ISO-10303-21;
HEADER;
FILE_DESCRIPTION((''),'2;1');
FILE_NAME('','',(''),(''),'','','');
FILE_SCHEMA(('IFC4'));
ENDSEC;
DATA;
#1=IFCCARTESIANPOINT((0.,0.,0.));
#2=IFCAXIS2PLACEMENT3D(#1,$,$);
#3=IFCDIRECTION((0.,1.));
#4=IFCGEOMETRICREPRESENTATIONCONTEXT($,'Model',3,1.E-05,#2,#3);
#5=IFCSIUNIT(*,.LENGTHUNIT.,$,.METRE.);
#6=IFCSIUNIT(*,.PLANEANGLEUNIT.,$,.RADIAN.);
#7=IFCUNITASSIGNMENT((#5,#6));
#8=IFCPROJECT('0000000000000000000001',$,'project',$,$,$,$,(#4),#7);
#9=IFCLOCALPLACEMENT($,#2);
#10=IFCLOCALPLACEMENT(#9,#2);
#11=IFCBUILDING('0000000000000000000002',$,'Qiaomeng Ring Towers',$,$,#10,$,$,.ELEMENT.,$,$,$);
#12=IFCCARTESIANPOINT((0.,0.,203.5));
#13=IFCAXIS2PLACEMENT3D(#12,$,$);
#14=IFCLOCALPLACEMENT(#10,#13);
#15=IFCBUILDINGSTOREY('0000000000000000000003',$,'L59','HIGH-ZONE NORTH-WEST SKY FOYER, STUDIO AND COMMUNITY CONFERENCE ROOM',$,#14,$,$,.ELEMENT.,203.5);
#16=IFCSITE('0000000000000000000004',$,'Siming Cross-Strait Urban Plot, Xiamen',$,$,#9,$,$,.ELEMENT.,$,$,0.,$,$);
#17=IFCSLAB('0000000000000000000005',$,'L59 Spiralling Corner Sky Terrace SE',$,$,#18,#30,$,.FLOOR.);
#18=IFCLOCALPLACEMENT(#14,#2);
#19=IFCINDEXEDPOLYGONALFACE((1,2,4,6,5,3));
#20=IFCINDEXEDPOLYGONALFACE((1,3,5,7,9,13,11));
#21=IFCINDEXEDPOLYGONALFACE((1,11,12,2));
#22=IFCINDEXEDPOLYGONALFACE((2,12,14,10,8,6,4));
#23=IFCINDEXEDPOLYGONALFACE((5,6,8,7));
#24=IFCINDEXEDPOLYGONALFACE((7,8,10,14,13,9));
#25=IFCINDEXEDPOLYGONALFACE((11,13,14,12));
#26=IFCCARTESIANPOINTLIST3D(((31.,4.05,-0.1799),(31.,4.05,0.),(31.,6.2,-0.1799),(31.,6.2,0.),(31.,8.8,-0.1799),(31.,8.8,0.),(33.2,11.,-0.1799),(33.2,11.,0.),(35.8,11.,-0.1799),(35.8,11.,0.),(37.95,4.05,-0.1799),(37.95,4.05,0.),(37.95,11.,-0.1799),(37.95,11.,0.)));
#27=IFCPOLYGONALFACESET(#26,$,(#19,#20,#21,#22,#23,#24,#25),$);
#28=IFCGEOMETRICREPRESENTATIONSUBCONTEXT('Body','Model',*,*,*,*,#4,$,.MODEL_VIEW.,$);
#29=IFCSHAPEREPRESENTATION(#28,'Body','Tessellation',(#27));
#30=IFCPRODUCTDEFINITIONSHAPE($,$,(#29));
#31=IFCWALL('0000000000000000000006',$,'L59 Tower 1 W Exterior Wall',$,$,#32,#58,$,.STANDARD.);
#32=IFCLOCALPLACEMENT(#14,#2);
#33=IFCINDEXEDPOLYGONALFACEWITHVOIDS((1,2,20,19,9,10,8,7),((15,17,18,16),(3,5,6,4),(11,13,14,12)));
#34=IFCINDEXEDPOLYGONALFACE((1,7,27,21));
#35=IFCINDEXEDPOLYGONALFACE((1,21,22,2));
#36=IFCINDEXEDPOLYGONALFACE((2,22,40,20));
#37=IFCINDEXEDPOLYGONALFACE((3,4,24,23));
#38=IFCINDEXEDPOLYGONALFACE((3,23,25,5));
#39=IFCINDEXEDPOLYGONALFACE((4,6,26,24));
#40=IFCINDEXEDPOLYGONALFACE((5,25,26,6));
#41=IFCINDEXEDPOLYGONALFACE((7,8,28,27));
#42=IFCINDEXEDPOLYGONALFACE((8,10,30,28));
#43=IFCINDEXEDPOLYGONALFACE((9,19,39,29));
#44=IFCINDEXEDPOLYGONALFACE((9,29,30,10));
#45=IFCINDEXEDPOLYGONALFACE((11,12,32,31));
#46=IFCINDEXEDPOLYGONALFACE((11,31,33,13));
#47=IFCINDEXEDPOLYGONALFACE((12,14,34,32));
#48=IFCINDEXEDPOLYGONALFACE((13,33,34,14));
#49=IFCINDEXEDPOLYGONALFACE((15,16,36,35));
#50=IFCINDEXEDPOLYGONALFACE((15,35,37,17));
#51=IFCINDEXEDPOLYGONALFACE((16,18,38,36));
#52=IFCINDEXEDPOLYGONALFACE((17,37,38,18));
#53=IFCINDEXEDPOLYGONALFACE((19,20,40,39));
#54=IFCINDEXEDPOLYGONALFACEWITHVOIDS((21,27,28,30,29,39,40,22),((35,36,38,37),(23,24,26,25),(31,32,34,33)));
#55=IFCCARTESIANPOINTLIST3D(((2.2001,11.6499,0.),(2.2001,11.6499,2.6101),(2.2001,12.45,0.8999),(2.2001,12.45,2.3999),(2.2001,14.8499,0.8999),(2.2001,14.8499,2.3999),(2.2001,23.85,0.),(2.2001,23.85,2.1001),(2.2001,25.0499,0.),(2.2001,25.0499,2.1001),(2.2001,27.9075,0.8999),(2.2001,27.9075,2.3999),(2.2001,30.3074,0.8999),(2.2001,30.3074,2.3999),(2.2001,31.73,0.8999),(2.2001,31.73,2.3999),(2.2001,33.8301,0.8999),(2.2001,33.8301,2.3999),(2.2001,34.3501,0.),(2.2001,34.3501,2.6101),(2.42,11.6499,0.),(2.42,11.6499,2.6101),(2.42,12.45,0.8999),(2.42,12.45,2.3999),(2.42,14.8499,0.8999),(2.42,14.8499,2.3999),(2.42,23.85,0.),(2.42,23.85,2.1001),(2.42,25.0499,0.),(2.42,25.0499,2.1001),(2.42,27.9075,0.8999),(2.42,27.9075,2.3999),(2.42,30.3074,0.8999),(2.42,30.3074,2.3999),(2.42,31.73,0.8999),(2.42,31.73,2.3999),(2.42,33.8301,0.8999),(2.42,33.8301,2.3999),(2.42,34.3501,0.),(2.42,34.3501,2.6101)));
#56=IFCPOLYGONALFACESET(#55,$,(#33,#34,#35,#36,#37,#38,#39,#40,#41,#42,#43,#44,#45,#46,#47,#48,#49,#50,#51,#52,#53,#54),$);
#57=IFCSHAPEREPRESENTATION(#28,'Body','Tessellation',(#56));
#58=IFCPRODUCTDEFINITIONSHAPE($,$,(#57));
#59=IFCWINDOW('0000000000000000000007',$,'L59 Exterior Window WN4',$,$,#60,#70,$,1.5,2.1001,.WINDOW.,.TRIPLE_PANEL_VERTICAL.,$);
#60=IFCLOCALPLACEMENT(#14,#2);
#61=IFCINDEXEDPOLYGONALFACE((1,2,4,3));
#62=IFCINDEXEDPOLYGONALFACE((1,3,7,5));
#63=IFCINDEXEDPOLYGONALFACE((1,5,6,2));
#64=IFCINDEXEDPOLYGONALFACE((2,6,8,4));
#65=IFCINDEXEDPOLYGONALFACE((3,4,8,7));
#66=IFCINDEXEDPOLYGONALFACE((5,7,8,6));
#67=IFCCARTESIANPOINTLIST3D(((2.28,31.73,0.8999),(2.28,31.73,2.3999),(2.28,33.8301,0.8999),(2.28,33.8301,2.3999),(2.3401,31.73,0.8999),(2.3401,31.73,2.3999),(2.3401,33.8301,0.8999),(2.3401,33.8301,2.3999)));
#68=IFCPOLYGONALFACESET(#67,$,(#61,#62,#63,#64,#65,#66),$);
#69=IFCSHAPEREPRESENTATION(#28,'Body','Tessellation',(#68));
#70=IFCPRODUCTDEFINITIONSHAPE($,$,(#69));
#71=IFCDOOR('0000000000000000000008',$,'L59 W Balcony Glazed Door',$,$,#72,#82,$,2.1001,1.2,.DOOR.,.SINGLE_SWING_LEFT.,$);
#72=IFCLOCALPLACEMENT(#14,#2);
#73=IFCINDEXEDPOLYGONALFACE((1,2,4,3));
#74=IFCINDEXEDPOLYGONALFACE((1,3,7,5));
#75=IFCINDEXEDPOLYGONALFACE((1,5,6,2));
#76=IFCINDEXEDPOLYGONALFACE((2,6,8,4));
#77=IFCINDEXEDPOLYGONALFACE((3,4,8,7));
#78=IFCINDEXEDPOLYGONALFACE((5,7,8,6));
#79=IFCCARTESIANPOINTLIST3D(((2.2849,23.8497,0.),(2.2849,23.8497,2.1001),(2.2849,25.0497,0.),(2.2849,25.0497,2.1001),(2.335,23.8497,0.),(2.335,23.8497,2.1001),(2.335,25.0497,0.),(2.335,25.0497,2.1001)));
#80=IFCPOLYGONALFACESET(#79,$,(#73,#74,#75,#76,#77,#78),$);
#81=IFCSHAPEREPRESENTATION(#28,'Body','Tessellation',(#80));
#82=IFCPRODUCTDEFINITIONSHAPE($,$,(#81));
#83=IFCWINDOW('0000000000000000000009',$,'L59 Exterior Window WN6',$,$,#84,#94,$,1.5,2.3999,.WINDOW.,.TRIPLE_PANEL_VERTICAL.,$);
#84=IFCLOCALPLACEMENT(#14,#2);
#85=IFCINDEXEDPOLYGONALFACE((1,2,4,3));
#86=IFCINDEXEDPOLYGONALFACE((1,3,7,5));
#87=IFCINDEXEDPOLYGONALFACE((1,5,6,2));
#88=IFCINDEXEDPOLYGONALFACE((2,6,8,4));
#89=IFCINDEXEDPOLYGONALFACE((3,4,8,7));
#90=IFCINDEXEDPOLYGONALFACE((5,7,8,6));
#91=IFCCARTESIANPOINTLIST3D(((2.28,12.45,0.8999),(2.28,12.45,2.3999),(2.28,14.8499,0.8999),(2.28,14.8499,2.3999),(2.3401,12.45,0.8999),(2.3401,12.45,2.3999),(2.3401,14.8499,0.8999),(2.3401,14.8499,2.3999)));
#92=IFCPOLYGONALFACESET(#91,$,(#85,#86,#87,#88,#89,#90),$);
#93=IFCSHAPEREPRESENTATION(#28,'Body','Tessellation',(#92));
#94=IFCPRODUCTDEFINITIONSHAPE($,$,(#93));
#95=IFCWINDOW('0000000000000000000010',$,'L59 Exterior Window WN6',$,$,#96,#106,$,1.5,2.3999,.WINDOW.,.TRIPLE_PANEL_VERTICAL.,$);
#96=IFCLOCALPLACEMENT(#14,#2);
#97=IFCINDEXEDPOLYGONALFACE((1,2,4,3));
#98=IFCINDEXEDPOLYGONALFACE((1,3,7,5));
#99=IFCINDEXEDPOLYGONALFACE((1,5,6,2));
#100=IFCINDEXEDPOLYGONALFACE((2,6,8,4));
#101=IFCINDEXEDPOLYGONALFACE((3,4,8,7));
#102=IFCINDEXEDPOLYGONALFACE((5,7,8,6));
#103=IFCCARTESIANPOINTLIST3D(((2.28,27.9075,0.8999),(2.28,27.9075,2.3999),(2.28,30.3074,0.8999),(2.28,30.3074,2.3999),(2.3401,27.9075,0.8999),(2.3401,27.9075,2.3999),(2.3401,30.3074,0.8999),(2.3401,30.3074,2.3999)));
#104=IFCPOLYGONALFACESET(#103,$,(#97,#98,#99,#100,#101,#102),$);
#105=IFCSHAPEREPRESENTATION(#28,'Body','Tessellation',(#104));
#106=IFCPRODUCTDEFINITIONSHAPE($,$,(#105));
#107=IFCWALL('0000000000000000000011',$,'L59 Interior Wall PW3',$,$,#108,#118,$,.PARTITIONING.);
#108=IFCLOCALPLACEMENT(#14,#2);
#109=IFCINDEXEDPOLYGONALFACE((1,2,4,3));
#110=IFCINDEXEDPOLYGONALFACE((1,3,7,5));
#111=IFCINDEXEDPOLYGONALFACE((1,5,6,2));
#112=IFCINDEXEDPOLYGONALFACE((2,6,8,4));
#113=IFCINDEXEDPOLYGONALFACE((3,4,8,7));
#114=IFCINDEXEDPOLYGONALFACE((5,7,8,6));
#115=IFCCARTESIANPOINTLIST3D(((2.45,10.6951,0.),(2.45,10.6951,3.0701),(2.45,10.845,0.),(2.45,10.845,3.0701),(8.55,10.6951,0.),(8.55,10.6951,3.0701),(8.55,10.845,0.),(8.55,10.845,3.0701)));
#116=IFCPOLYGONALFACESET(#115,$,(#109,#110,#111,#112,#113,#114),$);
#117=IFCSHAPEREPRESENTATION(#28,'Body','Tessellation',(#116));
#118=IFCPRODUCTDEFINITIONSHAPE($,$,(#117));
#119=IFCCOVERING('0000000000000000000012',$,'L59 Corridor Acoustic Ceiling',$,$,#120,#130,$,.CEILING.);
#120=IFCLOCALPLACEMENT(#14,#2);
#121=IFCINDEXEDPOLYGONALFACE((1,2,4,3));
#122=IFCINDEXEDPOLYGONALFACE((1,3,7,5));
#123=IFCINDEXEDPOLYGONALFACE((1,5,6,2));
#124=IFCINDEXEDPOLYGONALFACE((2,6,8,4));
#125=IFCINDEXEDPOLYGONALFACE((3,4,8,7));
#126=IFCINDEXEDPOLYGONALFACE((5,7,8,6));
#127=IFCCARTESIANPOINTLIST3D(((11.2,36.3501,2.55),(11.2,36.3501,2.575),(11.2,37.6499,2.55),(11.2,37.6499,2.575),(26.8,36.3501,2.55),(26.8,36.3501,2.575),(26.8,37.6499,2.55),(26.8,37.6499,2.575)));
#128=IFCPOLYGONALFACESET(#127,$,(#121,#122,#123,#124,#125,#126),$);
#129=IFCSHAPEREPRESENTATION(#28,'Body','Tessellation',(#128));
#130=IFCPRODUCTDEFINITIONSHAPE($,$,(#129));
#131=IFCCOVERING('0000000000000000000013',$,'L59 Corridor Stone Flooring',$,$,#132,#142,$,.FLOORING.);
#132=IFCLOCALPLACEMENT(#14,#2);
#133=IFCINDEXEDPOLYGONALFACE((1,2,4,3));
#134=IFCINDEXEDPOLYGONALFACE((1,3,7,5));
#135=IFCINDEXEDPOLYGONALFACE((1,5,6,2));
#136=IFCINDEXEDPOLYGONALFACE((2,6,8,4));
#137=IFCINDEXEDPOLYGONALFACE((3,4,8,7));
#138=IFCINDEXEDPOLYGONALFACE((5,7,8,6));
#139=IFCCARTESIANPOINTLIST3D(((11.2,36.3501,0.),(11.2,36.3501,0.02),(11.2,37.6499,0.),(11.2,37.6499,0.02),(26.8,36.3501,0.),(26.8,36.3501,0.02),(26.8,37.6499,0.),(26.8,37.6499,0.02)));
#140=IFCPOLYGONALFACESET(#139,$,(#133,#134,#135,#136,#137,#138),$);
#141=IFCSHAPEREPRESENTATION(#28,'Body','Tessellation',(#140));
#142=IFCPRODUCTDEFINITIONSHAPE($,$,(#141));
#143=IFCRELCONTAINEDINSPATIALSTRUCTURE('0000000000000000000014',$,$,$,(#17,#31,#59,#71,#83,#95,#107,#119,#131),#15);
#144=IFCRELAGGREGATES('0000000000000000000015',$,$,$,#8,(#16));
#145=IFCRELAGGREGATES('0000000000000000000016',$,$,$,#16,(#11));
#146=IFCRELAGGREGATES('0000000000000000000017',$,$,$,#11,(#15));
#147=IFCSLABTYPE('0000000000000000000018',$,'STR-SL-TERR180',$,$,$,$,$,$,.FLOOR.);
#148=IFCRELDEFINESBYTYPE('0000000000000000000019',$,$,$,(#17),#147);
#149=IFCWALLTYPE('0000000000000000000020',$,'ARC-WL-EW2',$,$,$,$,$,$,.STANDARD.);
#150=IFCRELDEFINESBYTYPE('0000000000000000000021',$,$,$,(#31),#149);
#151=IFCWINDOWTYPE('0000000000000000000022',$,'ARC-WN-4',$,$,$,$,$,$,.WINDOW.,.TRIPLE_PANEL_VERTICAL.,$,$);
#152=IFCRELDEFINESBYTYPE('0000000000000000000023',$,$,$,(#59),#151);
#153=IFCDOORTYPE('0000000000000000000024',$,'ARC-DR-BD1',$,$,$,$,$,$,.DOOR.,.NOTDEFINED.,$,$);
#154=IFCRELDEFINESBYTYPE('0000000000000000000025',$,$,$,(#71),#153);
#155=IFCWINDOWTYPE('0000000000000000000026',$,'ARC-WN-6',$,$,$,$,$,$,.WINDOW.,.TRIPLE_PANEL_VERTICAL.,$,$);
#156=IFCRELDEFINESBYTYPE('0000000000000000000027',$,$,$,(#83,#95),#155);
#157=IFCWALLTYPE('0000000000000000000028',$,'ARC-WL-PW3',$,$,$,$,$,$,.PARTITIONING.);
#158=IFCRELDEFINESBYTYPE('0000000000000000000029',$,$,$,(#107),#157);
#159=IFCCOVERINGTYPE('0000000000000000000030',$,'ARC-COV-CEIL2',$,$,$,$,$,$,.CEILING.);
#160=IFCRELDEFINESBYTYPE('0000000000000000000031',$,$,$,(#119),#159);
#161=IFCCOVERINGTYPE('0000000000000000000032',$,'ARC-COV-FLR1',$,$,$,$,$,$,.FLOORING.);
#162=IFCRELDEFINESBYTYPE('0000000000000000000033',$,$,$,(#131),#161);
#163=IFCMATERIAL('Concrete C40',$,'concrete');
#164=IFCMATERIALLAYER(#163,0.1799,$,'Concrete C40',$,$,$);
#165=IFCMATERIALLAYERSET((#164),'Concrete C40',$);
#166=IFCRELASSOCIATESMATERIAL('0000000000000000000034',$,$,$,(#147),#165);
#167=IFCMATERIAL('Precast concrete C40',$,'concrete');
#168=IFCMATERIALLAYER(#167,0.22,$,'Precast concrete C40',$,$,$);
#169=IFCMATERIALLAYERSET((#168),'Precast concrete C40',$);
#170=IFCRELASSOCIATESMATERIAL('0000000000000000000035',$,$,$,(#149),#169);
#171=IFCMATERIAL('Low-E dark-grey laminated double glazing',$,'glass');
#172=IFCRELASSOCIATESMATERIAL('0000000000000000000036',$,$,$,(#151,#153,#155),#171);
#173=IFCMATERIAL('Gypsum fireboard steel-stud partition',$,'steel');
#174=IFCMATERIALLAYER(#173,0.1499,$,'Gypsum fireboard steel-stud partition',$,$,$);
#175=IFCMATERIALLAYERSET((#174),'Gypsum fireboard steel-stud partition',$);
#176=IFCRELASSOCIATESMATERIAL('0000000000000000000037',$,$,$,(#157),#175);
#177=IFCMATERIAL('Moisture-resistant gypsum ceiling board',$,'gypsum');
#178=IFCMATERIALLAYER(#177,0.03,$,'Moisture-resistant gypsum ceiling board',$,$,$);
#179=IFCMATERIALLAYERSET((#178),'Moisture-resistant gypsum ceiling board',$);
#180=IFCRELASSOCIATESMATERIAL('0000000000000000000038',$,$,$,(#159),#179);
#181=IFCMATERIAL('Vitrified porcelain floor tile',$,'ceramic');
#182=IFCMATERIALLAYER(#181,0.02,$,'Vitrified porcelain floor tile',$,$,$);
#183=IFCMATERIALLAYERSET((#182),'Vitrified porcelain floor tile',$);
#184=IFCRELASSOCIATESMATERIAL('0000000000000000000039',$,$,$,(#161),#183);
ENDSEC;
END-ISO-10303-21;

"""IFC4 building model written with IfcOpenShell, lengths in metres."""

from ifc_helpers import new_model, si_unit, direction, frame, frame_2d, origin, place, context, subcontext, project, spatial, polyline, rectangle, outline, extrude, source, transform, mapped, material, layer, layer_set, type_object, element, fill, save


model = new_model("IFC4")

# Units and contexts
model_context = context("Model", 3, precision=1e-05, world=origin(), true_north=direction((0.0, 1.0)))
body_context = subcontext(model_context, "Body", "Model", "MODEL_VIEW")
ifc_project = project(units=[si_unit("LENGTHUNIT", "METRE"), si_unit("PLANEANGLEUNIT", "RADIAN")], contexts=[model_context])

# Site, building, storey
site_placement = place(None, origin())
site = spatial("IfcSite", under=ifc_project, at=site_placement, Name="Siming Cross-Strait Urban Plot, Xiamen", CompositionType="ELEMENT", RefElevation=0.0)
building_placement = place(site_placement, origin())
building = spatial("IfcBuilding", under=site, at=building_placement, Name="Qiaomeng Ring Towers", CompositionType="ELEMENT")
storey_placement = place(building_placement, frame((0.0, 0.0, 203.5)))
storey = spatial("IfcBuildingStorey", under=building, at=storey_placement, Name="L59", Description="HIGH-ZONE NORTH-WEST SKY FOYER, STUDIO AND COMMUNITY CONFERENCE ROOM", CompositionType="ELEMENT", Elevation=203.5)

# Shared definitions
ifc_material_1 = material(Name="Concrete C40", Category="concrete")

# Shared definitions
ifc_material_2 = material(Name="Precast concrete C40", Category="concrete")

# Slab
ifc_layer_1 = layer(ifc_material_1, 0.1799, Name="Concrete C40")
ifc_layer_set_1 = layer_set([ifc_layer_1], Name="Concrete C40")
slab_type_1 = type_object("IfcSlabType", Name="STR-SL-TERR180", PredefinedType="FLOOR", material=ifc_layer_set_1)
slab_1_placement = place(storey_placement, frame((0.0, 0.0, -0.1799)))
element("IfcSlab", 1, at=slab_1_placement, inside=storey, type_object=slab_type_1, Name="L59 Spiralling Corner Sky Terrace SE", PredefinedType="FLOOR", context=body_context, shape_type="SweptSolid", body=[
    extrude(outline(polyline([(37.95, 11.0), (37.95, 4.05), (31.0, 4.05), (31.0, 6.2), (31.0, 6.2), (31.0, 8.8), (33.2, 11.0), (35.8, 11.0), (37.95, 11.0)])), origin(), (0.0, 0.0, 1.0), 0.1799),
])

# Wall, openings, windows, door
ifc_layer_2 = layer(ifc_material_2, 0.22, Name="Precast concrete C40")
ifc_layer_set_2 = layer_set([ifc_layer_2], Name="Precast concrete C40")
wall_type_1 = type_object("IfcWallType", Name="ARC-WL-EW2", PredefinedType="STANDARD", material=ifc_layer_set_2)
wall_1_placement = place(storey_placement, frame((2.3101, 11.6499, 0.0), z_axis=(0.0, 0.0, 1.0), x_axis=(0.0, 1.0, 0.0)))
wall_1 = element("IfcWall", 2, at=wall_1_placement, inside=storey, type_object=wall_type_1, Name="L59 Tower 1 W Exterior Wall", PredefinedType="STANDARD", context=body_context, shape_type="SweptSolid", body=[
    extrude(rectangle(XDim=22.7002, YDim=0.22, at=frame_2d((11.3501, 0.0))), origin(), (0.0, 0.0, 1.0), 2.6101),
])
opening_1_placement = place(wall_1_placement, frame((12.2, 0.0, 0.0)))
opening_1 = element("IfcOpeningElement", 3, at=opening_1_placement, cuts=wall_1, PredefinedType="OPENING", context=body_context, shape_type="SweptSolid", body=[
    extrude(rectangle(XDim=1.2, YDim=2.1001, at=frame_2d((0.6001, 1.05))), frame((0.0, 0.1199, 0.0), z_axis=(0.0, -1.0, 0.0), x_axis=(1.0, 0.0, 0.0)), (0.0, 0.0, 1.0), 0.24),
])
opening_2_placement = place(wall_1_placement, frame((0.8, 0.0, 0.8999)))
opening_2 = element("IfcOpeningElement", 4, at=opening_2_placement, cuts=wall_1, PredefinedType="OPENING", context=body_context, shape_type="SweptSolid", body=[
    extrude(rectangle(XDim=2.3999, YDim=1.5, at=frame_2d((1.2, 0.75))), frame((0.0, 0.1199, 0.0), z_axis=(0.0, -1.0, 0.0), x_axis=(1.0, 0.0, 0.0)), (0.0, 0.0, 1.0), 0.24),
])
opening_3_placement = place(wall_1_placement, frame((20.0801, 0.0, 0.8999)))
opening_3 = element("IfcOpeningElement", 5, at=opening_3_placement, cuts=wall_1, PredefinedType="OPENING", context=body_context, shape_type="SweptSolid", body=[
    extrude(rectangle(XDim=2.1001, YDim=1.5, at=frame_2d((1.05, 0.75))), frame((0.0, 0.1199, 0.0), z_axis=(0.0, -1.0, 0.0), x_axis=(1.0, 0.0, 0.0)), (0.0, 0.0, 1.0), 0.24),
])
opening_4_placement = place(wall_1_placement, frame((16.2576, 0.0, 0.8999)))
opening_4 = element("IfcOpeningElement", 6, at=opening_4_placement, cuts=wall_1, PredefinedType="OPENING", context=body_context, shape_type="SweptSolid", body=[
    extrude(rectangle(XDim=2.3999, YDim=1.5, at=frame_2d((1.2, 0.75))), frame((0.0, 0.1199, 0.0), z_axis=(0.0, -1.0, 0.0), x_axis=(1.0, 0.0, 0.0)), (0.0, 0.0, 1.0), 0.24),
])
ifc_material_3 = material(Name="Low-E dark-grey laminated double glazing", Category="glass")
window_type_1 = type_object("IfcWindowType", Name="ARC-WN-4", PartitioningType="TRIPLE_PANEL_VERTICAL", PredefinedType="WINDOW", material=ifc_material_3)
shared_shape_1 = source(origin(), body_context, "Body", "SweptSolid", [
    extrude(rectangle(XDim=2.1001, YDim=1.5, at=frame_2d((1.05, 0.75))), frame((0.0, 0.03, 0.0), z_axis=(0.0, -1.0, 0.0), x_axis=(1.0, 0.0, 0.0)), (0.0, 0.0, 1.0), 0.0601),
])
window_1_placement = place(opening_3_placement, origin())
window_1 = element("IfcWindow", 7, at=window_1_placement, inside=storey, type_object=window_type_1, Name="L59 Exterior Window WN4", OverallHeight=1.5, OverallWidth=2.1001, PartitioningType="TRIPLE_PANEL_VERTICAL", PredefinedType="WINDOW", context=body_context, shape_type="MappedRepresentation", body=[
    mapped(shared_shape_1, transform((0.0, 0.0, 0.0), x_axis=(1.0, 0.0, 0.0), y_axis=(0.0, 1.0, 0.0), z_axis=(0.0, 0.0, 1.0), scale=1.0)),
])
fill(opening_3, window_1)
door_type = type_object("IfcDoorType", Name="ARC-DR-BD1", OperationType="NOTDEFINED", PredefinedType="DOOR", material=ifc_material_3)
shared_shape_2 = source(origin(), body_context, "Body", "SweptSolid", [
    extrude(rectangle(XDim=1.2, YDim=2.1001, at=frame_2d((0.6001, 1.05))), frame((0.0, 0.0249, 0.0), z_axis=(0.0, -1.0, 0.0), x_axis=(1.0, 0.0, 0.0)), (0.0, 0.0, 1.0), 0.05),
])
door_placement = place(opening_1_placement, frame((1.2, 0.0, 0.0), z_axis=(0.0, 0.0, 1.0), x_axis=(-1.0, 0.0, 0.0)))
door = element("IfcDoor", 8, at=door_placement, inside=storey, type_object=door_type, Name="L59 W Balcony Glazed Door", OperationType="SINGLE_SWING_LEFT", OverallHeight=2.1001, OverallWidth=1.2, PredefinedType="DOOR", context=body_context, shape_type="MappedRepresentation", body=[
    mapped(shared_shape_2, transform((0.0, 0.0, 0.0), x_axis=(1.0, 0.0, 0.0), y_axis=(0.0, 1.0, 0.0), z_axis=(0.0, 0.0, 1.0), scale=1.0)),
])
fill(opening_1, door)
window_type_2 = type_object("IfcWindowType", Name="ARC-WN-6", PartitioningType="TRIPLE_PANEL_VERTICAL", PredefinedType="WINDOW", material=ifc_material_3)
shared_shape_3 = source(origin(), body_context, "Body", "SweptSolid", [
    extrude(rectangle(XDim=2.3999, YDim=1.5, at=frame_2d((1.2, 0.75))), frame((0.0, 0.03, 0.0), z_axis=(0.0, -1.0, 0.0), x_axis=(1.0, 0.0, 0.0)), (0.0, 0.0, 1.0), 0.0601),
])
window_2_placement = place(opening_2_placement, origin())
window_2 = element("IfcWindow", 9, at=window_2_placement, inside=storey, type_object=window_type_2, Name="L59 Exterior Window WN6", OverallHeight=1.5, OverallWidth=2.3999, PartitioningType="TRIPLE_PANEL_VERTICAL", PredefinedType="WINDOW", context=body_context, shape_type="MappedRepresentation", body=[
    mapped(shared_shape_3, transform((0.0, 0.0, 0.0), x_axis=(1.0, 0.0, 0.0), y_axis=(0.0, 1.0, 0.0), z_axis=(0.0, 0.0, 1.0), scale=1.0)),
])
fill(opening_2, window_2)
window_3_placement = place(opening_4_placement, origin())
window_3 = element("IfcWindow", 10, at=window_3_placement, inside=storey, type_object=window_type_2, Name="L59 Exterior Window WN6", OverallHeight=1.5, OverallWidth=2.3999, PartitioningType="TRIPLE_PANEL_VERTICAL", PredefinedType="WINDOW", context=body_context, shape_type="MappedRepresentation", body=[
    mapped(shared_shape_3, transform((0.0, 0.0, 0.0), x_axis=(1.0, 0.0, 0.0), y_axis=(0.0, 1.0, 0.0), z_axis=(0.0, 0.0, 1.0), scale=1.0)),
])
fill(opening_4, window_3)

# Wall
ifc_material_4 = material(Name="Gypsum fireboard steel-stud partition", Category="steel")
ifc_layer_3 = layer(ifc_material_4, 0.1499, Name="Gypsum fireboard steel-stud partition")
ifc_layer_set_3 = layer_set([ifc_layer_3], Name="Gypsum fireboard steel-stud partition")
wall_type_2 = type_object("IfcWallType", Name="ARC-WL-PW3", PredefinedType="PARTITIONING", material=ifc_layer_set_3)
wall_2_placement = place(storey_placement, frame((2.45, 10.77, 0.0), z_axis=(0.0, 0.0, 1.0), x_axis=(1.0, 0.0, 0.0)))
element("IfcWall", 11, at=wall_2_placement, inside=storey, type_object=wall_type_2, Name="L59 Interior Wall PW3", PredefinedType="PARTITIONING", context=body_context, shape_type="SweptSolid", body=[
    extrude(rectangle(XDim=6.1001, YDim=0.1499, at=frame_2d((3.05, 0.0))), origin(), (0.0, 0.0, 1.0), 3.0701),
])

# Coverings
ifc_material_5 = material(Name="Moisture-resistant gypsum ceiling board", Category="gypsum")
ifc_layer_4 = layer(ifc_material_5, 0.03, Name="Moisture-resistant gypsum ceiling board")
ifc_layer_set_4 = layer_set([ifc_layer_4], Name="Moisture-resistant gypsum ceiling board")
covering_type_1 = type_object("IfcCoveringType", Name="ARC-COV-CEIL2", PredefinedType="CEILING", material=ifc_layer_set_4)
covering_1_placement = place(storey_placement, frame((0.0, 0.0, 2.55)))
element("IfcCovering", 12, at=covering_1_placement, inside=storey, type_object=covering_type_1, Name="L59 Corridor Acoustic Ceiling", PredefinedType="CEILING", context=body_context, shape_type="SweptSolid", body=[
    extrude(outline(polyline([(11.2, 36.3501), (11.2, 37.6499), (26.8, 37.6499), (26.8, 36.3501), (11.2, 36.3501)])), origin(), (0.0, 0.0, 1.0), 0.0249),
])
ifc_material_6 = material(Name="Vitrified porcelain floor tile", Category="ceramic")
ifc_layer_5 = layer(ifc_material_6, 0.02, Name="Vitrified porcelain floor tile")
ifc_layer_set_5 = layer_set([ifc_layer_5], Name="Vitrified porcelain floor tile")
covering_type_2 = type_object("IfcCoveringType", Name="ARC-COV-FLR1", PredefinedType="FLOORING", material=ifc_layer_set_5)
covering_2_placement = place(storey_placement, origin())
element("IfcCovering", 13, at=covering_2_placement, inside=storey, type_object=covering_type_2, Name="L59 Corridor Stone Flooring", PredefinedType="FLOORING", context=body_context, shape_type="SweptSolid", body=[
    extrude(outline(polyline([(11.2, 36.3501), (11.2, 37.6499), (26.8, 37.6499), (26.8, 36.3501), (11.2, 36.3501)])), origin(), (0.0, 0.0, 1.0), 0.02),
])

save(model, "model.ifc")
